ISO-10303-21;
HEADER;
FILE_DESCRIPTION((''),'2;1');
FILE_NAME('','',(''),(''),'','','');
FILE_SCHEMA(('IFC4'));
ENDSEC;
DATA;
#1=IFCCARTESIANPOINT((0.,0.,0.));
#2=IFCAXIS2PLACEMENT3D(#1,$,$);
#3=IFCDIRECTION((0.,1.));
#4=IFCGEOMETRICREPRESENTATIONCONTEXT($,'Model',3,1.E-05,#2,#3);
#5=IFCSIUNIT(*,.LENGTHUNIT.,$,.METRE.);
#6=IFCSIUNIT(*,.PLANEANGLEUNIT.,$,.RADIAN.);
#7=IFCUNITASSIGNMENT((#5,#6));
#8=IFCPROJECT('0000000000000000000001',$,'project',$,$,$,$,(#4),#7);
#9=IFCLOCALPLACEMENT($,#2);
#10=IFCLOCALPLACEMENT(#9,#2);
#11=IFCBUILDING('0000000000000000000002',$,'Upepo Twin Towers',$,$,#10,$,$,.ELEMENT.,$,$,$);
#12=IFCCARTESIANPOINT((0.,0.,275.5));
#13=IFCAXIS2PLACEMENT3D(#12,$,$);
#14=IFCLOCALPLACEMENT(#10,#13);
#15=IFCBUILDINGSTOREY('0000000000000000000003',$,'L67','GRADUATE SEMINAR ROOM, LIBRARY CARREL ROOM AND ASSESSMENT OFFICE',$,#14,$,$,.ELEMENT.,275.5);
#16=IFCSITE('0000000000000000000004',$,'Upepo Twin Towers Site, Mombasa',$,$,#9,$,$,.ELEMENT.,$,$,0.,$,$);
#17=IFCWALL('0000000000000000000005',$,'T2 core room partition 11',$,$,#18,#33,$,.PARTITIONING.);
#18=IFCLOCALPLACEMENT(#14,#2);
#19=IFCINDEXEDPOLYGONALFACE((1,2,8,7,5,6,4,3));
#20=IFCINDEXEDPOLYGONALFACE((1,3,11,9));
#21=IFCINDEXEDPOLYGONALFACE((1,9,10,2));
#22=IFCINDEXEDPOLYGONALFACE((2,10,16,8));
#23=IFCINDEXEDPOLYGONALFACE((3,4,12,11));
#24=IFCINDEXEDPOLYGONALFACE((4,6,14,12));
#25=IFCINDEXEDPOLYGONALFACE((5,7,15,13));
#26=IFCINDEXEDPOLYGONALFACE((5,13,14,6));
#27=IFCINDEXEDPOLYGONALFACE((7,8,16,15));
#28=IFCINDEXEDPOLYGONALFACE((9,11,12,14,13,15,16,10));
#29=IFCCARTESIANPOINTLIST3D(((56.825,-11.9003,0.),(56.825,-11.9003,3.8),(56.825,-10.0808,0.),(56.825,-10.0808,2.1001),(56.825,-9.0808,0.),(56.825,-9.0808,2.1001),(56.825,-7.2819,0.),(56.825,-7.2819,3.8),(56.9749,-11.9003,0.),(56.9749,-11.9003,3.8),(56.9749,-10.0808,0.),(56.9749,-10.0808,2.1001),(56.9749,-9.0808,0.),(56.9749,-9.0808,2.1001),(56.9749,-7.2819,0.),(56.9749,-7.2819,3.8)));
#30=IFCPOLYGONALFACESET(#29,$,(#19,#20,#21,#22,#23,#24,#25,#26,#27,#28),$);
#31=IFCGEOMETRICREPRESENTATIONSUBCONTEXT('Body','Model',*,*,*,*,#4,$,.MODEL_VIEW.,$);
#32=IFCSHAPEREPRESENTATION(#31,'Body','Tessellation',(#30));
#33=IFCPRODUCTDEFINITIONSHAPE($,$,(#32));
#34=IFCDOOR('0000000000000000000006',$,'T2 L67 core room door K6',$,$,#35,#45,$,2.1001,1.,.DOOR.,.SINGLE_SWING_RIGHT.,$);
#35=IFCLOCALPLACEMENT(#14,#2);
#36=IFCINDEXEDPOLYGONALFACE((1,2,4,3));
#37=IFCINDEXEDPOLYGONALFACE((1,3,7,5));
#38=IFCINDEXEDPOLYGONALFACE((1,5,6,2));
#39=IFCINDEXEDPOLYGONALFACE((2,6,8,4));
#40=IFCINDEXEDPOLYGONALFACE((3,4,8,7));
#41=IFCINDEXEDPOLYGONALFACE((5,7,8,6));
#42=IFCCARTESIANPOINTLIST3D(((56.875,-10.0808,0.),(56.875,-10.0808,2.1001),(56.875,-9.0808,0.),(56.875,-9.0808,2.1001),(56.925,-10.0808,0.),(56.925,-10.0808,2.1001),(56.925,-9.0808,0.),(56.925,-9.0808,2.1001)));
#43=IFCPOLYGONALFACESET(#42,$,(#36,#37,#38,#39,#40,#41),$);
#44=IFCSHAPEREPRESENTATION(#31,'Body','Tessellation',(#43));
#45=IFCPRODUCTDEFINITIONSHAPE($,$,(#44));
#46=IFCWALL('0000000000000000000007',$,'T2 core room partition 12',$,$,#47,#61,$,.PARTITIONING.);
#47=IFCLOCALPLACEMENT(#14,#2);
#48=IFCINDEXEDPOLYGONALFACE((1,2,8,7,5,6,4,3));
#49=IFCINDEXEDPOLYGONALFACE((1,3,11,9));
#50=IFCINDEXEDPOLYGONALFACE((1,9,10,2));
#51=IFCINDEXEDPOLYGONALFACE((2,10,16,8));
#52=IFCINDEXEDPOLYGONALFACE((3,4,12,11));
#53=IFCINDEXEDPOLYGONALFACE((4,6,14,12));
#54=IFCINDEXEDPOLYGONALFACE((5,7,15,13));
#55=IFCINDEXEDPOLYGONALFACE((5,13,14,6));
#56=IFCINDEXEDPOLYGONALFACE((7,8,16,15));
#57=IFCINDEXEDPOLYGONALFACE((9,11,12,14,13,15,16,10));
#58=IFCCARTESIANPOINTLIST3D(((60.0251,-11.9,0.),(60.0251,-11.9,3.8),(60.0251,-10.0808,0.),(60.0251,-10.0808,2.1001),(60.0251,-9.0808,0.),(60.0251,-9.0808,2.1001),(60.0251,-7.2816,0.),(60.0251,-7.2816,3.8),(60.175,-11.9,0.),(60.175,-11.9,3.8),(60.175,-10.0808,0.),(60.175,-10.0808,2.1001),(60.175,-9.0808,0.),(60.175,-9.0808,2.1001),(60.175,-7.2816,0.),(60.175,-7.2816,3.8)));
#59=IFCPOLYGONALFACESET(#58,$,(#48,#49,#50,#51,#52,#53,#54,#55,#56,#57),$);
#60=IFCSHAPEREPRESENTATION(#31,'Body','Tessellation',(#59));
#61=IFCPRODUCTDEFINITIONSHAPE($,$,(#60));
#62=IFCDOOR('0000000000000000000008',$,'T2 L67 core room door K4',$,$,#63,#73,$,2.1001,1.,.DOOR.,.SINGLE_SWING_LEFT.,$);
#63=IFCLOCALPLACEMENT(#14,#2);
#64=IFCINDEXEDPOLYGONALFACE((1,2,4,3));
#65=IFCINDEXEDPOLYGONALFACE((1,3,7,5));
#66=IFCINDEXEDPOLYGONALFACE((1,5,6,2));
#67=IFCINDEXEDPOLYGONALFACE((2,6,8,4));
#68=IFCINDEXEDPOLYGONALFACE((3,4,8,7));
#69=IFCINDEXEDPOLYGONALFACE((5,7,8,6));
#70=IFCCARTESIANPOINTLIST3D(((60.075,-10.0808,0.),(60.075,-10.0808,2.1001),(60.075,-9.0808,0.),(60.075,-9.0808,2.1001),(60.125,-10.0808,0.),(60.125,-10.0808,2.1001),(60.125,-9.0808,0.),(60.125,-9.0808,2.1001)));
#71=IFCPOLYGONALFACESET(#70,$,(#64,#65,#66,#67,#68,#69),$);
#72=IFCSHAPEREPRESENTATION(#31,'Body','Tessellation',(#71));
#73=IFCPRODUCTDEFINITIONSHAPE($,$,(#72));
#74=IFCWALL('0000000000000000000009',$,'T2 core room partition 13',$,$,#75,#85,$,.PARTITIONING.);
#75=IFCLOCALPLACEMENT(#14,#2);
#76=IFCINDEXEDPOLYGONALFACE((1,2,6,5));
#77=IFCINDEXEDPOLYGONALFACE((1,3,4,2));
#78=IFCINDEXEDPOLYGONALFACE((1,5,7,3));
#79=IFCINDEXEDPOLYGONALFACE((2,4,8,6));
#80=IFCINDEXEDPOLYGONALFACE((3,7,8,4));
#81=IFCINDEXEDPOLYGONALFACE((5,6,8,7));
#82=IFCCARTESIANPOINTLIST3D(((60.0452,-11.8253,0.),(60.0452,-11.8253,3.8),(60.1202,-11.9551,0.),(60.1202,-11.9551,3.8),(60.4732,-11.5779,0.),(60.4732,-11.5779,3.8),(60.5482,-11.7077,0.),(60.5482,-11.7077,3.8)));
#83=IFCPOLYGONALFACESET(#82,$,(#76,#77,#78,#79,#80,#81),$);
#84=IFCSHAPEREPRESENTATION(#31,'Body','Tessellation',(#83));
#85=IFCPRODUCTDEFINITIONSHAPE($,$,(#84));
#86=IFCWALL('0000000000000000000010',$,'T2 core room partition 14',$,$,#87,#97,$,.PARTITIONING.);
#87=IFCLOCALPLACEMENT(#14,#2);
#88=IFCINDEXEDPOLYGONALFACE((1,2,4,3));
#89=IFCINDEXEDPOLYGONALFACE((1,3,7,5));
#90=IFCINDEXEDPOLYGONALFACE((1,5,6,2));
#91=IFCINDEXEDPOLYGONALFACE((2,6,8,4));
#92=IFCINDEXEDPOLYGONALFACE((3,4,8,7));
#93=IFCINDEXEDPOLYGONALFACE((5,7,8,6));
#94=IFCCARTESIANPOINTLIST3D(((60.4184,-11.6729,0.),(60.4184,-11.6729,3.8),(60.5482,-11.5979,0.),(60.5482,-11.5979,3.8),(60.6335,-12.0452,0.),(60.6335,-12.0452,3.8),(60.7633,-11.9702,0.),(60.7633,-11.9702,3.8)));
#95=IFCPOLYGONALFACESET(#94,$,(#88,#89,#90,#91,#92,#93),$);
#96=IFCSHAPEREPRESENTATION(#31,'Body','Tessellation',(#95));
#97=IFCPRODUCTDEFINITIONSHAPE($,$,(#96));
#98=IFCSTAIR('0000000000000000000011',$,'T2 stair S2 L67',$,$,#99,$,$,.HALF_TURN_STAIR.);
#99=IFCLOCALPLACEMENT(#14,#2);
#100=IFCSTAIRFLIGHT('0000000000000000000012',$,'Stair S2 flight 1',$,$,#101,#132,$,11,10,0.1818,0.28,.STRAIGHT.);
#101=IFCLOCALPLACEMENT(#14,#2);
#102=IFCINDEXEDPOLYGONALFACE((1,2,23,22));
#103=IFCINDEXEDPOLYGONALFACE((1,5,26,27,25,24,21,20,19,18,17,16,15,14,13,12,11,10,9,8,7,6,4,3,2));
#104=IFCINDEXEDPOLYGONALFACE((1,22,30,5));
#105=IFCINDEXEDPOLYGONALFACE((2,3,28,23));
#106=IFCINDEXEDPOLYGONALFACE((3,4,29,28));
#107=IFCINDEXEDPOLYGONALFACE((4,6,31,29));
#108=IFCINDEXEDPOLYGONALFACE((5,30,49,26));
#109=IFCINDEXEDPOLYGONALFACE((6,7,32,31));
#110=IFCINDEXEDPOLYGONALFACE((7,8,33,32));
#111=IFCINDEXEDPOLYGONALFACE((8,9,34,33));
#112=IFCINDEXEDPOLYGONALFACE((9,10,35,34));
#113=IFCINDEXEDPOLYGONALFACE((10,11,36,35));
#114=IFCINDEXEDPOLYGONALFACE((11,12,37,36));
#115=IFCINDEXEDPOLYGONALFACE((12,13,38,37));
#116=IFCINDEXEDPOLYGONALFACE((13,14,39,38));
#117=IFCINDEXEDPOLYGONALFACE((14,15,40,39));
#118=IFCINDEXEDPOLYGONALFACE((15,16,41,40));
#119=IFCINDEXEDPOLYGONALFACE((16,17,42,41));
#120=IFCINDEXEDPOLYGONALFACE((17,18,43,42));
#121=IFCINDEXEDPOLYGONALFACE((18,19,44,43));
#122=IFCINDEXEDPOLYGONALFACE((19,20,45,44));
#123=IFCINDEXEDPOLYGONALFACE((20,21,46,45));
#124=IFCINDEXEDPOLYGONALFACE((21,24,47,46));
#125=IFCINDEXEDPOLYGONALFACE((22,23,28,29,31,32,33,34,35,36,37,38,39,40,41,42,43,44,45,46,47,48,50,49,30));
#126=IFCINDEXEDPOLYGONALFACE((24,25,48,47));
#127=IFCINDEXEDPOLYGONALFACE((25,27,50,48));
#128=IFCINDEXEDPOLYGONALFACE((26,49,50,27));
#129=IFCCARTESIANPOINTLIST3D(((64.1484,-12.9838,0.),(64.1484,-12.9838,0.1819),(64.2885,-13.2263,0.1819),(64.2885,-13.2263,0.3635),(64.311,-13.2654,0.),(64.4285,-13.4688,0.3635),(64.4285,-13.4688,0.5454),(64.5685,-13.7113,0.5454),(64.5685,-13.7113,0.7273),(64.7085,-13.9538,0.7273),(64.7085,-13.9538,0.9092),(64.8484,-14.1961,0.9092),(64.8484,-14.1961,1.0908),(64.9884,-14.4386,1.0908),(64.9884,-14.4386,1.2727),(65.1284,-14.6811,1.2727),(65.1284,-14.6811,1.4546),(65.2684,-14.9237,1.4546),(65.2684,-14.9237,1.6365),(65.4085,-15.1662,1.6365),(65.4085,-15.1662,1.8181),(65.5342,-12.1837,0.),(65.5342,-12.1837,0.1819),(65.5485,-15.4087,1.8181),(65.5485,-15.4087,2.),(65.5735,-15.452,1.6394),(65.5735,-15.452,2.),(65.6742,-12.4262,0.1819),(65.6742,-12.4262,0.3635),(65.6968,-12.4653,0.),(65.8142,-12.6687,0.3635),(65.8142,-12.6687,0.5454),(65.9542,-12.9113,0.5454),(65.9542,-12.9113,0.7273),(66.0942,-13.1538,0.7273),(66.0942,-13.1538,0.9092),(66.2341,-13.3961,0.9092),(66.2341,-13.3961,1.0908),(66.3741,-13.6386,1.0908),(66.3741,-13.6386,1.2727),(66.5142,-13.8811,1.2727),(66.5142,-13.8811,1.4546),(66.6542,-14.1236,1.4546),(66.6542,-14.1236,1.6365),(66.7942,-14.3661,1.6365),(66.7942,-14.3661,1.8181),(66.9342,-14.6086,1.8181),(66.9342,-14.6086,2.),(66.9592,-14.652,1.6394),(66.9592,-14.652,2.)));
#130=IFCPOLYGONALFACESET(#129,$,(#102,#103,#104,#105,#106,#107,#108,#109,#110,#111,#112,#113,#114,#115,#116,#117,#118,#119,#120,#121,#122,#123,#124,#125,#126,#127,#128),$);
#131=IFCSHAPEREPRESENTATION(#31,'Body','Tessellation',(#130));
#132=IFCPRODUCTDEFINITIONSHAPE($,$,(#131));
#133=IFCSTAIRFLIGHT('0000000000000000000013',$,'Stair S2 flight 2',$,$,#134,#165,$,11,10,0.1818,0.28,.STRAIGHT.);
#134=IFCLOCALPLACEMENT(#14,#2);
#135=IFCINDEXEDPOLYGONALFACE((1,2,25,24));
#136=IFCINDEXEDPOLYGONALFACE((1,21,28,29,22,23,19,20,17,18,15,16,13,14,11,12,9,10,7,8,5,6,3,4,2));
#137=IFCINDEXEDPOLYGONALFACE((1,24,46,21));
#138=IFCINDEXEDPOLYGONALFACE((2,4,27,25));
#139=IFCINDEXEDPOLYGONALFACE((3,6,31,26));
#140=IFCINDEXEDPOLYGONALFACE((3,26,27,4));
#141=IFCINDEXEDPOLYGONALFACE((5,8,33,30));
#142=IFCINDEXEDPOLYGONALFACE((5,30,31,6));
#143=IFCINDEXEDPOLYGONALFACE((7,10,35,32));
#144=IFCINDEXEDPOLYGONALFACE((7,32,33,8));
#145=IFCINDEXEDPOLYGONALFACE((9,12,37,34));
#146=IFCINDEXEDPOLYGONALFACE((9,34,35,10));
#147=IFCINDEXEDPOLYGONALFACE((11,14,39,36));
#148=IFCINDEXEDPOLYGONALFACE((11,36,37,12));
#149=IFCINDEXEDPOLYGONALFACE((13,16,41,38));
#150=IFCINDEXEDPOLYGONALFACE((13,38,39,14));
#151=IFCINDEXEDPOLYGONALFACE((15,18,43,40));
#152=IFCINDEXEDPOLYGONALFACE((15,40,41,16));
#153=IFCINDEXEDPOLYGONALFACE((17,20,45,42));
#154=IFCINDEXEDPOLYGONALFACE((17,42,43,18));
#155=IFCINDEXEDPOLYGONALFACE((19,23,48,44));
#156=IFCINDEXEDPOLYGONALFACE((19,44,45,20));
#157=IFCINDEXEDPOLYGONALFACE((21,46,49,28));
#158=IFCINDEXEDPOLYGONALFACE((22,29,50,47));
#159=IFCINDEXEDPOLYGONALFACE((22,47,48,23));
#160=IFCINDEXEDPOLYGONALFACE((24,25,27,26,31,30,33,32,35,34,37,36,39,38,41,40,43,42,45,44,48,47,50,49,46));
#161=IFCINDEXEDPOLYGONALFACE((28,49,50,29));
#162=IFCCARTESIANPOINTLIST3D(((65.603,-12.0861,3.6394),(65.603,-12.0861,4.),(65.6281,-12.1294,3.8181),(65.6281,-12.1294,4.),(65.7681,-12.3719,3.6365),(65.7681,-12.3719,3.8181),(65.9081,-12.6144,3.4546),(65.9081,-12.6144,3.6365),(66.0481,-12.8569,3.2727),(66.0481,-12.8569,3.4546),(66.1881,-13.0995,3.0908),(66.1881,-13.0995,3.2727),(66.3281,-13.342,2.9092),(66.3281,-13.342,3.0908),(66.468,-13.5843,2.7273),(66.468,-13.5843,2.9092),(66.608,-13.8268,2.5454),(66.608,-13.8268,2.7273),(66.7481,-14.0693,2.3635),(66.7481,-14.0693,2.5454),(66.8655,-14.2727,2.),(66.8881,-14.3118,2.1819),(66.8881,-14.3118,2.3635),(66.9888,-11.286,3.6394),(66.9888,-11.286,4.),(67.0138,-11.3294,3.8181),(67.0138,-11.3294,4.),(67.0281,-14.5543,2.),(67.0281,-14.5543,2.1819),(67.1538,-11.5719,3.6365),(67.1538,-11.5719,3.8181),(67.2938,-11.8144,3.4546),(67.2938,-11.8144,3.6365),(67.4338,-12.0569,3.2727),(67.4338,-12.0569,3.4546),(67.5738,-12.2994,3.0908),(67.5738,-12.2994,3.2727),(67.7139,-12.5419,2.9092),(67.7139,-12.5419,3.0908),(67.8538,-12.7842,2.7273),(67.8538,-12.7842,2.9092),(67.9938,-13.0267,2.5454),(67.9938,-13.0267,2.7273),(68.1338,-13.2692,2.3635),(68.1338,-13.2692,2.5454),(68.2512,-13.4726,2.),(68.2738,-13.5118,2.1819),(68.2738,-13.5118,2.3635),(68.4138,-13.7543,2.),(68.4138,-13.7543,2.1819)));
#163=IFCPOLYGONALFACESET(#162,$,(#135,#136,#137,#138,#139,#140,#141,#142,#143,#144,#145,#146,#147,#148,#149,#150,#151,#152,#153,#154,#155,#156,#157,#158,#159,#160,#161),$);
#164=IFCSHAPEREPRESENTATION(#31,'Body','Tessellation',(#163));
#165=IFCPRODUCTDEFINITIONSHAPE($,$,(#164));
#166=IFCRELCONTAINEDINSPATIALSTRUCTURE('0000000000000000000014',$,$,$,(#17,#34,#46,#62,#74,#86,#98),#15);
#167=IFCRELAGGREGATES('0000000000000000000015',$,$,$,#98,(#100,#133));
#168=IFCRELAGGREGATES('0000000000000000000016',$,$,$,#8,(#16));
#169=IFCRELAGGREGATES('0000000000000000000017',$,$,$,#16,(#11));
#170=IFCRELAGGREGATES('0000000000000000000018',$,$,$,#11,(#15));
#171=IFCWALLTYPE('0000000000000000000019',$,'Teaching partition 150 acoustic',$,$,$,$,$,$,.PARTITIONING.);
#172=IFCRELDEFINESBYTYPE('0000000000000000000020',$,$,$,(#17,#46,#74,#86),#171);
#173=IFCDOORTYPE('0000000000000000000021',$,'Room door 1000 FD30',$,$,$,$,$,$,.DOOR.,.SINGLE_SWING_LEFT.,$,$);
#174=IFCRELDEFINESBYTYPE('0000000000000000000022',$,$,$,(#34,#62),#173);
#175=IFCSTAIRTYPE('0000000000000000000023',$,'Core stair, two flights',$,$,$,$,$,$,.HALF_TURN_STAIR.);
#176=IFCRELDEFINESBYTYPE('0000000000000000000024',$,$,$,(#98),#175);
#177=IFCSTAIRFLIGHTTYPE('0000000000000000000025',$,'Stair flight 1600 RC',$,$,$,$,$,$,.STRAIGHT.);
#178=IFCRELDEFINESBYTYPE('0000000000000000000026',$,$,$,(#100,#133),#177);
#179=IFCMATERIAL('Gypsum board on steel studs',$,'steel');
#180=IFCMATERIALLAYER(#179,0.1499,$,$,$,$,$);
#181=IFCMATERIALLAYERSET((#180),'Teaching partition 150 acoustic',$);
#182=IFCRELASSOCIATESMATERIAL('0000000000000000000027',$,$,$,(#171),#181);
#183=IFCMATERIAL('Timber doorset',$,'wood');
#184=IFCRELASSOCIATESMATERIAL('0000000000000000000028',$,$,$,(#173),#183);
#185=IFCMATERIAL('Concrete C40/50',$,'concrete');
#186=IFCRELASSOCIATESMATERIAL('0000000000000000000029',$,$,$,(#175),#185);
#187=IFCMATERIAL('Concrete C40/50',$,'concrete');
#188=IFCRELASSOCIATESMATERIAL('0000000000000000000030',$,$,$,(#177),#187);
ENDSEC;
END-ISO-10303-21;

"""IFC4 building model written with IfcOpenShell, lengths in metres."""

from ifc_helpers import new_model, si_unit, direction, frame, frame_2d, origin, place, context, subcontext, project, spatial, polyline, rectangle, outline, extrude, material, layer, layer_set, type_object, element, fill, aggregate, save


model = new_model("IFC4")

# Units and contexts
model_context = context("Model", 3, precision=1e-05, world=origin(), true_north=direction((0.0, 1.0)))
body_context = subcontext(model_context, "Body", "Model", "MODEL_VIEW")
ifc_project = project(units=[si_unit("LENGTHUNIT", "METRE"), si_unit("PLANEANGLEUNIT", "RADIAN")], contexts=[model_context])

# Site, building, storey
site_placement = place(None, origin())
site = spatial("IfcSite", under=ifc_project, at=site_placement, Name="Upepo Twin Towers Site, Mombasa", CompositionType="ELEMENT", RefElevation=0.0)
building_placement = place(site_placement, origin())
building = spatial("IfcBuilding", under=site, at=building_placement, Name="Upepo Twin Towers", CompositionType="ELEMENT")
storey_placement = place(building_placement, frame((0.0, 0.0, 275.5)))
storey = spatial("IfcBuildingStorey", under=building, at=storey_placement, Name="L67", Description="GRADUATE SEMINAR ROOM, LIBRARY CARREL ROOM AND ASSESSMENT OFFICE", CompositionType="ELEMENT", Elevation=275.5)

# Walls, openings, doors
ifc_material_1 = material(Name="Gypsum board on steel studs", Category="steel")
ifc_layer_1 = layer(ifc_material_1, 0.1499)
ifc_layer_set_1 = layer_set([ifc_layer_1], Name="Teaching partition 150 acoustic")
wall_type_1 = type_object("IfcWallType", Name="Teaching partition 150 acoustic", PredefinedType="PARTITIONING", material=ifc_layer_set_1)
wall_1_placement = place(storey_placement, frame((56.8999, -11.9001, 0.0), z_axis=(0.0, 0.0, 1.0), x_axis=(0.0, 1.0, 0.0)))
wall_1 = element("IfcWall", 1, at=wall_1_placement, inside=storey, type_object=wall_type_1, Name="T2 core room partition 11", PredefinedType="PARTITIONING", context=body_context, shape_type="SweptSolid", body=[
    extrude(rectangle(XDim=4.6184, YDim=0.1499, at=frame_2d((2.3091, 0.0))), origin(), (0.0, 0.0, 1.0), 3.8),
])
opening_1_placement = place(wall_1_placement, frame((1.8193, 0.0, 0.0)))
opening_1 = element("IfcOpeningElement", 2, at=opening_1_placement, cuts=wall_1, PredefinedType="OPENING", context=body_context, shape_type="SweptSolid", body=[
    extrude(rectangle(XDim=1.0, YDim=2.1001, at=frame_2d((0.5, 1.05))), frame((0.0, 0.085, 0.0), z_axis=(0.0, -1.0, 0.0), x_axis=(1.0, 0.0, 0.0)), (0.0, 0.0, 1.0), 0.1699),
])
ifc_material_2 = material(Name="Timber doorset", Category="wood")
door_type_1 = type_object("IfcDoorType", Name="Room door 1000 FD30", OperationType="SINGLE_SWING_LEFT", PredefinedType="DOOR", material=ifc_material_2)
door_1_placement = place(opening_1_placement, origin())
door_1 = element("IfcDoor", 3, at=door_1_placement, inside=storey, type_object=door_type_1, Name="T2 L67 core room door K6", OperationType="SINGLE_SWING_RIGHT", OverallHeight=2.1001, OverallWidth=1.0, PredefinedType="DOOR", context=body_context, shape_type="SweptSolid", body=[
    extrude(rectangle(XDim=1.0, YDim=2.1001, at=frame_2d((0.5, 1.05))), frame((0.0, 0.0249, 0.0), z_axis=(0.0, -1.0, 0.0), x_axis=(1.0, 0.0, 0.0)), (0.0, 0.0, 1.0), 0.05),
])
fill(opening_1, door_1)
wall_2_placement = place(storey_placement, frame((60.1001, -7.2817, 0.0), z_axis=(0.0, 0.0, 1.0), x_axis=(0.0, -1.0, 0.0)))
wall_2 = element("IfcWall", 4, at=wall_2_placement, inside=storey, type_object=wall_type_1, Name="T2 core room partition 12", PredefinedType="PARTITIONING", context=body_context, shape_type="SweptSolid", body=[
    extrude(rectangle(XDim=4.6184, YDim=0.1499, at=frame_2d((2.3091, 0.0))), origin(), (0.0, 0.0, 1.0), 3.8),
])
opening_2_placement = place(wall_2_placement, frame((1.7991, 0.0, 0.0)))
opening_2 = element("IfcOpeningElement", 5, at=opening_2_placement, cuts=wall_2, PredefinedType="OPENING", context=body_context, shape_type="SweptSolid", body=[
    extrude(rectangle(XDim=1.0, YDim=2.1001, at=frame_2d((0.5, 1.05))), frame((0.0, 0.085, 0.0), z_axis=(0.0, -1.0, 0.0), x_axis=(1.0, 0.0, 0.0)), (0.0, 0.0, 1.0), 0.1699),
])
door_2_placement = place(opening_2_placement, origin())
door_2 = element("IfcDoor", 6, at=door_2_placement, inside=storey, type_object=door_type_1, Name="T2 L67 core room door K4", OperationType="SINGLE_SWING_LEFT", OverallHeight=2.1001, OverallWidth=1.0, PredefinedType="DOOR", context=body_context, shape_type="SweptSolid", body=[
    extrude(rectangle(XDim=1.0, YDim=2.1001, at=frame_2d((0.5, 1.05))), frame((0.0, 0.0249, 0.0), z_axis=(0.0, -1.0, 0.0), x_axis=(1.0, 0.0, 0.0)), (0.0, 0.0, 1.0), 0.05),
])
fill(opening_2, door_2)

# Walls
wall_3_placement = place(storey_placement, frame((60.0828, -11.8901, 0.0), z_axis=(0.0, 0.0, 1.0), x_axis=(0.865832, 0.500335, 0.0)))
element("IfcWall", 7, at=wall_3_placement, inside=storey, type_object=wall_type_1, Name="T2 core room partition 13", PredefinedType="PARTITIONING", context=body_context, shape_type="SweptSolid", body=[
    extrude(rectangle(XDim=0.4944, YDim=0.1499, at=frame_2d((0.2471, 0.0))), origin(), (0.0, 0.0, 1.0), 3.8),
])
wall_4_placement = place(storey_placement, frame((60.4834, -11.6355, 0.0), z_axis=(0.0, 0.0, 1.0), x_axis=(0.50023, -0.865892, 0.0)))
element("IfcWall", 8, at=wall_4_placement, inside=storey, type_object=wall_type_1, Name="T2 core room partition 14", PredefinedType="PARTITIONING", context=body_context, shape_type="SweptSolid", body=[
    extrude(rectangle(XDim=0.4299, YDim=0.1499, at=frame_2d((0.2148, 0.0))), origin(), (0.0, 0.0, 1.0), 3.8),
])

# Stair, stair flights
ifc_material_3 = material(Name="Concrete C40/50", Category="concrete")
stair_type = type_object("IfcStairType", Name="Core stair, two flights", PredefinedType="HALF_TURN_STAIR", material=ifc_material_3)
stair_placement = place(storey_placement, origin())
stair = element("IfcStair", 9, at=stair_placement, inside=storey, type_object=stair_type, Name="T2 stair S2 L67", PredefinedType="HALF_TURN_STAIR")
ifc_material_4 = material(Name="Concrete C40/50", Category="concrete")
stair_flight_type = type_object("IfcStairFlightType", Name="Stair flight 1600 RC", PredefinedType="STRAIGHT", material=ifc_material_4)
stair_flight_1_placement = place(storey_placement, frame((64.8413, -12.5837, 0.0), z_axis=(0.0, 0.0, 1.0), x_axis=(0.5, -0.866025, 0.0)))
stair_flight_1 = element("IfcStairFlight", 10, at=stair_flight_1_placement, type_object=stair_flight_type, Name="Stair S2 flight 1", NumberOfRisers=11, NumberOfTreads=10, PredefinedType="STRAIGHT", RiserHeight=0.1818, TreadLength=0.28, context=body_context, shape_type="SweptSolid", body=[
    extrude(outline(polyline([(0.0, 0.0), (0.0, 0.1819), (0.28, 0.1819), (0.28, 0.3635), (0.5601, 0.3635), (0.5601, 0.5454), (0.8401, 0.5454), (0.8401, 0.7273), (1.1201, 0.7273), (1.1201, 0.9092), (1.3999, 0.9092), (1.3999, 1.0908), (1.6799, 1.0908), (1.6799, 1.2727), (1.96, 1.2727), (1.96, 1.4546), (2.24, 1.4546), (2.24, 1.6365), (2.52, 1.6365), (2.52, 1.8181), (2.8, 1.8181), (2.8, 2.0), (2.8501, 2.0), (2.8501, 1.6394), (0.3252, 0.0), (0.0, 0.0)])), frame((0.0, 0.8, 0.0), z_axis=(0.0, -1.0, 0.0), x_axis=(1.0, 0.0, 0.0)), (0.0, 0.0, 1.0), 1.6001),
])
stair_flight_2_placement = place(storey_placement, frame((67.7209, -14.1543, 2.0), z_axis=(0.0, 0.0, 1.0), x_axis=(-0.5, 0.866025, 0.0)))
stair_flight_2 = element("IfcStairFlight", 11, at=stair_flight_2_placement, type_object=stair_flight_type, Name="Stair S2 flight 2", NumberOfRisers=11, NumberOfTreads=10, PredefinedType="STRAIGHT", RiserHeight=0.1818, TreadLength=0.28, context=body_context, shape_type="SweptSolid", body=[
    extrude(outline(polyline([(0.0, 0.0), (0.0, 0.1819), (0.28, 0.1819), (0.28, 0.3635), (0.5601, 0.3635), (0.5601, 0.5454), (0.8401, 0.5454), (0.8401, 0.7273), (1.1201, 0.7273), (1.1201, 0.9092), (1.3999, 0.9092), (1.3999, 1.0908), (1.6799, 1.0908), (1.6799, 1.2727), (1.96, 1.2727), (1.96, 1.4546), (2.24, 1.4546), (2.24, 1.6365), (2.52, 1.6365), (2.52, 1.8181), (2.8, 1.8181), (2.8, 2.0), (2.8501, 2.0), (2.8501, 1.6394), (0.3252, 0.0), (0.0, 0.0)])), frame((0.0, 0.8, 0.0), z_axis=(0.0, -1.0, 0.0), x_axis=(1.0, 0.0, 0.0)), (0.0, 0.0, 1.0), 1.6001),
])
aggregate(stair, [stair_flight_1, stair_flight_2])

save(model, "model.ifc")
